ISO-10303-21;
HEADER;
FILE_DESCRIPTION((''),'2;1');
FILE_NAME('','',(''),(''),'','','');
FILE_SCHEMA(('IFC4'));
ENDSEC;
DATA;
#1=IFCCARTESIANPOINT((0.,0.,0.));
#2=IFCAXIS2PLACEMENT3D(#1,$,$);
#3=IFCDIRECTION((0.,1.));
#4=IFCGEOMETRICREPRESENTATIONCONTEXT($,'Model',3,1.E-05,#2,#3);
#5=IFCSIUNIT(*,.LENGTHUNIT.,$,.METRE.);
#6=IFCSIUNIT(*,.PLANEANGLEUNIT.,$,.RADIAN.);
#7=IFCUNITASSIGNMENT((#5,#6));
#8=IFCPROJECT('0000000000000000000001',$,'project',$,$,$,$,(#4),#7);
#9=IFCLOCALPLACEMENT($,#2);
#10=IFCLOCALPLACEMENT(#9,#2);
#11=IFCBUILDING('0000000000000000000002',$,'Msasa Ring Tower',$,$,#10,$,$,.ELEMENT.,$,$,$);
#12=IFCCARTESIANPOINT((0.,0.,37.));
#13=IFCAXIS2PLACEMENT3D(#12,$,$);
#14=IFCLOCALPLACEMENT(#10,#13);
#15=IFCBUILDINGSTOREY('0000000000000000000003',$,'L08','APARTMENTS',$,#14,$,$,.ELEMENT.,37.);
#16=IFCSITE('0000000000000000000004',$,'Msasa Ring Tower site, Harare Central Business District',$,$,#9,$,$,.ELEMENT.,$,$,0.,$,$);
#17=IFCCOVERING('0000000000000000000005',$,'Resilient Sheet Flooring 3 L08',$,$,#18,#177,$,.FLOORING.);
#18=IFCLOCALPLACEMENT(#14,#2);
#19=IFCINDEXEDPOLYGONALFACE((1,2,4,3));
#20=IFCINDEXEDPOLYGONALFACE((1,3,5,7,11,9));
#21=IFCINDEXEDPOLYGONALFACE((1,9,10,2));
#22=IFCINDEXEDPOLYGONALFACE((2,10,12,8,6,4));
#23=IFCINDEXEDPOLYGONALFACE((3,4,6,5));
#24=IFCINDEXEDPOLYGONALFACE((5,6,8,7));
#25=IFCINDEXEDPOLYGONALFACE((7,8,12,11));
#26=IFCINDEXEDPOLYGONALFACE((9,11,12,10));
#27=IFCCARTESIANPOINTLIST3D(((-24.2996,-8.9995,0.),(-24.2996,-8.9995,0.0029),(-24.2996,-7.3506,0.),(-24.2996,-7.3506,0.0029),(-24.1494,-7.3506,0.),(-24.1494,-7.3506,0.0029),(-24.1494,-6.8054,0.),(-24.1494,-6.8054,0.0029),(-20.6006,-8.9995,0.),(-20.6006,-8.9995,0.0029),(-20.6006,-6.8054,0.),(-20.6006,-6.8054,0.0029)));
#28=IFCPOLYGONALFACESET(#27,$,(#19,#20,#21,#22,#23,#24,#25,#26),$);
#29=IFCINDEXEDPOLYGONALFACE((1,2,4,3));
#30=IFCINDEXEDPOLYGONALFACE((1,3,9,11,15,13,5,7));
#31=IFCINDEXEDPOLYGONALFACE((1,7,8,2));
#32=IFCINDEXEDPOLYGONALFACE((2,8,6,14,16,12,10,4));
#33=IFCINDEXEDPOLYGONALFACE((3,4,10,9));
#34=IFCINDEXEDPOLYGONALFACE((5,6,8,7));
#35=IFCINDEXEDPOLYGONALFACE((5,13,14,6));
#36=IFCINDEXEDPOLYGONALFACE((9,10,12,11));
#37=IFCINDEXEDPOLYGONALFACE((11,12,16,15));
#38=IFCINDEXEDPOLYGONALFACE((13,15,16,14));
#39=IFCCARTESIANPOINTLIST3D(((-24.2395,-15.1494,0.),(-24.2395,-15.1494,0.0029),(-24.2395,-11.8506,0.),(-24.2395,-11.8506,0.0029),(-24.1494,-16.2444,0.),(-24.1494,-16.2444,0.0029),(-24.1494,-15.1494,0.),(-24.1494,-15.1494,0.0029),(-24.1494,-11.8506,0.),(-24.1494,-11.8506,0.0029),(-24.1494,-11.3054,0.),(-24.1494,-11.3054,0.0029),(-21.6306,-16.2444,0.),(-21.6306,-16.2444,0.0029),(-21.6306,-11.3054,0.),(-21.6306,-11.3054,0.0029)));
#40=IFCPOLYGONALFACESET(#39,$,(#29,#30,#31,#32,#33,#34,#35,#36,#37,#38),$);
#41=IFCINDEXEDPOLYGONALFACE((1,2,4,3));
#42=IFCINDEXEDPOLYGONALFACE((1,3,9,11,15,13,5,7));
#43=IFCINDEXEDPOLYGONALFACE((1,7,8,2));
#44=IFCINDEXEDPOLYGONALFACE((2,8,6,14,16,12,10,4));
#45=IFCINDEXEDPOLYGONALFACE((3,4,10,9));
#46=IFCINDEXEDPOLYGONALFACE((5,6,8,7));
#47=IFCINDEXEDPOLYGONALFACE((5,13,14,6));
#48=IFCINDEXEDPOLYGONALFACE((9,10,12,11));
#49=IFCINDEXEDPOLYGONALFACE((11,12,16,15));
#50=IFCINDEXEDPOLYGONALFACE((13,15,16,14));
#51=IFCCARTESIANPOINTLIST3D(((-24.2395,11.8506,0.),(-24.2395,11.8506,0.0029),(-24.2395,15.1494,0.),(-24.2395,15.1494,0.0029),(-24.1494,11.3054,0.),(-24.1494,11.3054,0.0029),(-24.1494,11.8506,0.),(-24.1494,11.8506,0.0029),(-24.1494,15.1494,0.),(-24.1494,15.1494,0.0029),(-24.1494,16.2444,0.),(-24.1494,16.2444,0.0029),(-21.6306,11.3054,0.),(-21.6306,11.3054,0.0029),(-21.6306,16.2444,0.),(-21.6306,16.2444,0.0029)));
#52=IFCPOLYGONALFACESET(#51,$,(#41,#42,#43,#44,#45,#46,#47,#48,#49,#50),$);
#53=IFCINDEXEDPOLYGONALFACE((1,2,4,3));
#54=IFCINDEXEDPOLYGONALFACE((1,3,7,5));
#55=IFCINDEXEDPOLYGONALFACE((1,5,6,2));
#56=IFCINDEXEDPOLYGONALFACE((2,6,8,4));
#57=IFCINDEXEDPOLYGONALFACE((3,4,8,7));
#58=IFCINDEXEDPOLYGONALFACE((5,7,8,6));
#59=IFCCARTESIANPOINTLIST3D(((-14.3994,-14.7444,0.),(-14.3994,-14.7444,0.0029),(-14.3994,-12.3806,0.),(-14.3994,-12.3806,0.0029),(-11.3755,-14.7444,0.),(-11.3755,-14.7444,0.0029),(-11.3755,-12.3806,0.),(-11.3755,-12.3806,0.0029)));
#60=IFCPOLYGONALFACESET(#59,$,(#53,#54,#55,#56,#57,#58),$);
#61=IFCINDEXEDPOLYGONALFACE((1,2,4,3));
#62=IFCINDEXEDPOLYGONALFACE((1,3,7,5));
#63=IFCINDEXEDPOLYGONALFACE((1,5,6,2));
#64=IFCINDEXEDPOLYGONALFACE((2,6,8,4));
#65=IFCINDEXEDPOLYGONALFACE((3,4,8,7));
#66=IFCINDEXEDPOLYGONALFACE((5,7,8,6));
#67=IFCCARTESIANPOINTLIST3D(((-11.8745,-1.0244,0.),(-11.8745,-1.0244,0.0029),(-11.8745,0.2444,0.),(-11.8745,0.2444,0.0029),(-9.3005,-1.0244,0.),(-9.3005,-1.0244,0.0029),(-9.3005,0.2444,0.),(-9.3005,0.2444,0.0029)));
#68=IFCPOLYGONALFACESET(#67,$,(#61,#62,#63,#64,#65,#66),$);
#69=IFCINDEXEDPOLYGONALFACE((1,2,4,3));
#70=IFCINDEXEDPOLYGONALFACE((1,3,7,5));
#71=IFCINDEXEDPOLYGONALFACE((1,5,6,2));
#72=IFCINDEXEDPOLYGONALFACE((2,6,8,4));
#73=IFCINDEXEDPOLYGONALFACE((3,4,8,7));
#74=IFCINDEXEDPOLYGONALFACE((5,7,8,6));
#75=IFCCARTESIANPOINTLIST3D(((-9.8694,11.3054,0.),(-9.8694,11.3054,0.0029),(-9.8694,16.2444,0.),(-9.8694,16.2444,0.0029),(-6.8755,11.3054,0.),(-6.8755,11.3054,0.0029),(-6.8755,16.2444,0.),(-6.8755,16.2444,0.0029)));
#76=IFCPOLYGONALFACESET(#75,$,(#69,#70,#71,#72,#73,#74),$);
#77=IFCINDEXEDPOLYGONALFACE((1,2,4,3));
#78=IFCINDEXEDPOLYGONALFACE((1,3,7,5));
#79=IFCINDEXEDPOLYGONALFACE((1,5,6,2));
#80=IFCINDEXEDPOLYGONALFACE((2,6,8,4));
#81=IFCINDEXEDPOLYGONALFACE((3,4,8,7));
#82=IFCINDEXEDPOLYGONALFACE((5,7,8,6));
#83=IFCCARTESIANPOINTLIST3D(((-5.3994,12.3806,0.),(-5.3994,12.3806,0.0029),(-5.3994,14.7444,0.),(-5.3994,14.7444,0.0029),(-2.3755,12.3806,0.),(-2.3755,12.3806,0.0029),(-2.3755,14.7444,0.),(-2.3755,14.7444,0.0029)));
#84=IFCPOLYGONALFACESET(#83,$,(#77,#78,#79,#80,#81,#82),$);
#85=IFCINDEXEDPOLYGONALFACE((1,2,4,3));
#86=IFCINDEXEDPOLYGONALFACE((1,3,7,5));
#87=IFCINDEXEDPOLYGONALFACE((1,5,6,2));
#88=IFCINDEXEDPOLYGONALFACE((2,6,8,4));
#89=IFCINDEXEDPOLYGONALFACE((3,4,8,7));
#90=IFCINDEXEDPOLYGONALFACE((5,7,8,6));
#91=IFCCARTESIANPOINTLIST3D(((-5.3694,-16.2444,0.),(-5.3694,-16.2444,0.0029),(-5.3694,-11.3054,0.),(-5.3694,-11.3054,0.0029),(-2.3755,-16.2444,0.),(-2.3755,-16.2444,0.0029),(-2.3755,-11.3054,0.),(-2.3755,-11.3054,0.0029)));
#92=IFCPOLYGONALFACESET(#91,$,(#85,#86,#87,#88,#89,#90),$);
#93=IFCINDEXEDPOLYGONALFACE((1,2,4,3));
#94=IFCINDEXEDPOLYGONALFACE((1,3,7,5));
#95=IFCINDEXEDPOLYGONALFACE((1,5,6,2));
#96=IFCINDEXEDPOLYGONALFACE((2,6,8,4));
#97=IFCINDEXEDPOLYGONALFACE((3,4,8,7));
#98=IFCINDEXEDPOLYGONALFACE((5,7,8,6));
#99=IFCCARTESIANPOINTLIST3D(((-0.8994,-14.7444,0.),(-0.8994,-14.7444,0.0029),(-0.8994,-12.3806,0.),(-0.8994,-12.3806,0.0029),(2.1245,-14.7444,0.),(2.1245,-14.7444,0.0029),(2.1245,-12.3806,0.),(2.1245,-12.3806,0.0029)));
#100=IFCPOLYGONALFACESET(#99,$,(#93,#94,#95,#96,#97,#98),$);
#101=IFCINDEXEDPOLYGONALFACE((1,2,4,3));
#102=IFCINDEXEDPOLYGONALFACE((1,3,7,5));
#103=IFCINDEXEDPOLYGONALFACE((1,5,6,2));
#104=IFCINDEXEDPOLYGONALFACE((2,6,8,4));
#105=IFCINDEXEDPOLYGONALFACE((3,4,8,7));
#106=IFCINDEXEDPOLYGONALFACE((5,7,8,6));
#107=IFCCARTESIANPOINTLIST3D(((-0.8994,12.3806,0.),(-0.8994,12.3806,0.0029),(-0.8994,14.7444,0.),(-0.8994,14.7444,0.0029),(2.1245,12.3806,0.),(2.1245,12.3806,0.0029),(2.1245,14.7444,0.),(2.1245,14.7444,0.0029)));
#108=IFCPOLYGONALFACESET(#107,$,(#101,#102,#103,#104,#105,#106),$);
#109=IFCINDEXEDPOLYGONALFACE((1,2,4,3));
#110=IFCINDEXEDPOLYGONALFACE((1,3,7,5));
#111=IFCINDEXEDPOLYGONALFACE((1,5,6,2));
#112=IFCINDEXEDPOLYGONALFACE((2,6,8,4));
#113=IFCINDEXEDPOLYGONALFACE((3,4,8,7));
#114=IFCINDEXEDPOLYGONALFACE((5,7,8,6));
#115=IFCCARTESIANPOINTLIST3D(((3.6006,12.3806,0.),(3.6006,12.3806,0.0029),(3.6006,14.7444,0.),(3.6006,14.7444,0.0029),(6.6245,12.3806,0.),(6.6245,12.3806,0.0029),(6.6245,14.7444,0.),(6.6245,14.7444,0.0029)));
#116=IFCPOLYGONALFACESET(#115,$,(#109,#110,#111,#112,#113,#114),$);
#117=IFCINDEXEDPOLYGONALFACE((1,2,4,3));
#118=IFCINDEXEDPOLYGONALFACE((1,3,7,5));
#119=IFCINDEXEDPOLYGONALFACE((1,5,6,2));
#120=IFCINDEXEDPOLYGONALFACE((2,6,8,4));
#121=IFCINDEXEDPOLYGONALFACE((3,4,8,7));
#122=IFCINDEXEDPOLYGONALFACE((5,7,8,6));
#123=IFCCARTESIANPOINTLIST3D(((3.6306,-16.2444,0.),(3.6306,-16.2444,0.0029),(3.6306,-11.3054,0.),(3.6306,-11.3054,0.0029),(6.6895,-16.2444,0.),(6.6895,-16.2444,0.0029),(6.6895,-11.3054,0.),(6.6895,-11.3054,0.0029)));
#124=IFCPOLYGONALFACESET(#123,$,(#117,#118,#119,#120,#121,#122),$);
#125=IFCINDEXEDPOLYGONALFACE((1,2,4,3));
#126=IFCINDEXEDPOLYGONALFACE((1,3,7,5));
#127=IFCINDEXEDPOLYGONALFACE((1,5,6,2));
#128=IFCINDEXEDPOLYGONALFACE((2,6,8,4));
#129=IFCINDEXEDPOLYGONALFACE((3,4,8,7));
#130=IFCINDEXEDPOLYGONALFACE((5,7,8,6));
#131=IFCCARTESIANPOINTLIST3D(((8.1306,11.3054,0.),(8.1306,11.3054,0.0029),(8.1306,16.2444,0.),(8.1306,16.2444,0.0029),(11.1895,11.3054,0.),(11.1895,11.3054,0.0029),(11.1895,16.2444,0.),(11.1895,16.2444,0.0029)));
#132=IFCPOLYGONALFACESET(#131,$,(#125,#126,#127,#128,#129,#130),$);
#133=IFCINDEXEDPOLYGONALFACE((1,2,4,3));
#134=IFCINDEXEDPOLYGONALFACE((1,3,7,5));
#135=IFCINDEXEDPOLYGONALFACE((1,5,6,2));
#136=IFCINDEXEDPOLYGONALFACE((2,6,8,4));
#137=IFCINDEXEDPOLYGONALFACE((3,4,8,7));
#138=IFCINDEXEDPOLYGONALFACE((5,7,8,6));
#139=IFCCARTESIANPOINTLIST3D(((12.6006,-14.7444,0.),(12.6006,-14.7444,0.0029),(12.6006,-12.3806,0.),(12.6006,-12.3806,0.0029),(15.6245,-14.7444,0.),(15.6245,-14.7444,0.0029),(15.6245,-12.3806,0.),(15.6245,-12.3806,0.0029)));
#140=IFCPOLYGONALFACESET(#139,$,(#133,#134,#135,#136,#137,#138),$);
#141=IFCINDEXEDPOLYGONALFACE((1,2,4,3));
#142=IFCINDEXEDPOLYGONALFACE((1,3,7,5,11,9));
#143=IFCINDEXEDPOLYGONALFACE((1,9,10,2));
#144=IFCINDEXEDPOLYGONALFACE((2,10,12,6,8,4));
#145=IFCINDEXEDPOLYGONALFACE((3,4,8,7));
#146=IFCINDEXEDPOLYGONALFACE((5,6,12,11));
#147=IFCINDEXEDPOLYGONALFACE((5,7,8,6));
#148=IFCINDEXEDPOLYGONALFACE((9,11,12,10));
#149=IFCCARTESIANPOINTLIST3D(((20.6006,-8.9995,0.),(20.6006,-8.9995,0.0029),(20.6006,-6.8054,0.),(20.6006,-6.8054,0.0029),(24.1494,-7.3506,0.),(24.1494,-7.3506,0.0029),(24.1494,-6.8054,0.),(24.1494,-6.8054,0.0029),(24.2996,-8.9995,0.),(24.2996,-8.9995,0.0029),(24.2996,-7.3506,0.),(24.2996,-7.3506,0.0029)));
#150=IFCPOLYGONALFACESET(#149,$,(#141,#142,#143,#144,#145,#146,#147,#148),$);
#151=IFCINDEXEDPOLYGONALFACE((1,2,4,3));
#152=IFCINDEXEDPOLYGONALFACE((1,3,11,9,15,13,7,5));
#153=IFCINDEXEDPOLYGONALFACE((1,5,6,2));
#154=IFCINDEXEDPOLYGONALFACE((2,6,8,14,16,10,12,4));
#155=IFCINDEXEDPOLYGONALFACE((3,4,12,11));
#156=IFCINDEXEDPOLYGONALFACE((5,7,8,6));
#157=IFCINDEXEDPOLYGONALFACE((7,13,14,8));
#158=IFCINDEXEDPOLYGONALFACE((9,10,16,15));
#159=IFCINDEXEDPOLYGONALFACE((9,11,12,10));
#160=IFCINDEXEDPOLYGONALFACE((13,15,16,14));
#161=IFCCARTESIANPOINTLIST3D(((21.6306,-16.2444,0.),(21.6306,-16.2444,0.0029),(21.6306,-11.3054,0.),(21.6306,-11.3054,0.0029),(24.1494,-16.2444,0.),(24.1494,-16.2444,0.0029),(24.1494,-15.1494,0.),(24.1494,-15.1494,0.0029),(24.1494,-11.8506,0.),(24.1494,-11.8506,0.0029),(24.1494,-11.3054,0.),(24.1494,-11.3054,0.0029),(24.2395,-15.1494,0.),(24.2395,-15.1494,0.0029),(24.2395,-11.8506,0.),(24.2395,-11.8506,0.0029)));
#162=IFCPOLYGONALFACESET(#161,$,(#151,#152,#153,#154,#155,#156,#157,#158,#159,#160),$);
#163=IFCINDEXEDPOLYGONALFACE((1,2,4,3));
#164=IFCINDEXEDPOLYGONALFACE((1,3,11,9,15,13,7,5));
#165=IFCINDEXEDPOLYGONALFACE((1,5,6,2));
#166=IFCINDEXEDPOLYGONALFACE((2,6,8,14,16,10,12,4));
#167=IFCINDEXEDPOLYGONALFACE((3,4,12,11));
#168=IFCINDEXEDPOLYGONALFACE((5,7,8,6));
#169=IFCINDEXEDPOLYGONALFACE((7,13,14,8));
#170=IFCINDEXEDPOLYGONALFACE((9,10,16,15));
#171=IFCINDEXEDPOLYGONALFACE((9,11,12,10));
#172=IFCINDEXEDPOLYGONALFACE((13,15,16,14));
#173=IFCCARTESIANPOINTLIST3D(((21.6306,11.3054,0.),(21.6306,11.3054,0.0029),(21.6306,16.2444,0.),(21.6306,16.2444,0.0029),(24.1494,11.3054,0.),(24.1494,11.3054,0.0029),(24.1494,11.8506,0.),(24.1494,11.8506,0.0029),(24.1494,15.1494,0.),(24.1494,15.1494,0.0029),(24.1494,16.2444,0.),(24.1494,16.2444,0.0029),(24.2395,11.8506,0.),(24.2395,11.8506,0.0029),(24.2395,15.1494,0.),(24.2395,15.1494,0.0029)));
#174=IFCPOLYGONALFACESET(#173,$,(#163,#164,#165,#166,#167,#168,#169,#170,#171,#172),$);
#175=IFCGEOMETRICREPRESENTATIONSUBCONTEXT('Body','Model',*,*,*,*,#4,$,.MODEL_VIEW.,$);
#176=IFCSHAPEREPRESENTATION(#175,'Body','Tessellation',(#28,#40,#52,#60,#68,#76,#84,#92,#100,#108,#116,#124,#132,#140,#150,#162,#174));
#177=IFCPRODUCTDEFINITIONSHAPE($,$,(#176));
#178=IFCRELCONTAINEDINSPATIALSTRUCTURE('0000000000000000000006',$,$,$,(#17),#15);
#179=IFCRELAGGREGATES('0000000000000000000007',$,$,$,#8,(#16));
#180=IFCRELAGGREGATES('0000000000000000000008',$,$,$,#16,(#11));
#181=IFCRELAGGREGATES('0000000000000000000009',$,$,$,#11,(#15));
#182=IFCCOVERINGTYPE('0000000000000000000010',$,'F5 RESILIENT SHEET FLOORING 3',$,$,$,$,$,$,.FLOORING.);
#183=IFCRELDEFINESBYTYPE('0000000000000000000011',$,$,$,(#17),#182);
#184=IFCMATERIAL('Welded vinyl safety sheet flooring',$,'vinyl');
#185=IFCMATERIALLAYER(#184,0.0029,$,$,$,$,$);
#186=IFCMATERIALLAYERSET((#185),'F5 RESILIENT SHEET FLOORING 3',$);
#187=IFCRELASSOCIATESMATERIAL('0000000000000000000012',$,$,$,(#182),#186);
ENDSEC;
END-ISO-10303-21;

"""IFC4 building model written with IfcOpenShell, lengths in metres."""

from ifc_helpers import new_model, si_unit, direction, frame, origin, place, context, subcontext, project, spatial, line, indexed_curve, outline, extrude, material, layer, layer_set, type_object, element, save


model = new_model("IFC4")

# Units and contexts
model_context = context("Model", 3, precision=1e-05, world=origin(), true_north=direction((0.0, 1.0)))
body_context = subcontext(model_context, "Body", "Model", "MODEL_VIEW")
ifc_project = project(units=[si_unit("LENGTHUNIT", "METRE"), si_unit("PLANEANGLEUNIT", "RADIAN")], contexts=[model_context])

# Site, building, storey
site_placement = place(None, origin())
site = spatial("IfcSite", under=ifc_project, at=site_placement, Name="Msasa Ring Tower site, Harare Central Business District", CompositionType="ELEMENT", RefElevation=0.0)
building_placement = place(site_placement, origin())
building = spatial("IfcBuilding", under=site, at=building_placement, Name="Msasa Ring Tower", CompositionType="ELEMENT")
storey_placement = place(building_placement, frame((0.0, 0.0, 37.0)))
storey = spatial("IfcBuildingStorey", under=building, at=storey_placement, Name="L08", Description="APARTMENTS", CompositionType="ELEMENT", Elevation=37.0)

# Covering
ifc_material_1 = material(Name="Welded vinyl safety sheet flooring", Category="vinyl")
ifc_layer_1 = layer(ifc_material_1, 0.0029)
ifc_layer_set_1 = layer_set([ifc_layer_1], Name="F5 RESILIENT SHEET FLOORING 3")
covering_type_1 = type_object("IfcCoveringType", Name="F5 RESILIENT SHEET FLOORING 3", PredefinedType="FLOORING", material=ifc_layer_set_1)
covering_1_placement = place(storey_placement, origin())
element("IfcCovering", 1, at=covering_1_placement, inside=storey, type_object=covering_type_1, Name="Resilient Sheet Flooring 3 L08", PredefinedType="FLOORING", context=body_context, shape_type="SweptSolid", body=[
    extrude(outline(indexed_curve([(-24.2996, -8.9995), (-24.2996, -7.3506), (-24.1494, -7.3506), (-24.1494, -6.8054), (-20.6006, -6.8054), (-20.6006, -8.9995)], segments=[line(1, 2, 3, 4, 5, 6, 1)], self_intersect=False)), origin(), (0.0, 0.0, 1.0), 0.0029),
    extrude(outline(indexed_curve([(-21.6306, -11.3054), (-21.6306, -16.2444), (-24.1494, -16.2444), (-24.1494, -15.1494), (-24.2395, -15.1494), (-24.2395, -11.8506), (-24.1494, -11.8506), (-24.1494, -11.3054)], segments=[line(1, 2, 3, 4, 5, 6, 7, 8, 1)], self_intersect=False)), origin(), (0.0, 0.0, 1.0), 0.0029),
    extrude(outline(indexed_curve([(-21.6306, 16.2444), (-21.6306, 11.3054), (-24.1494, 11.3054), (-24.1494, 11.8506), (-24.2395, 11.8506), (-24.2395, 15.1494), (-24.1494, 15.1494), (-24.1494, 16.2444)], segments=[line(1, 2, 3, 4, 5, 6, 7, 8, 1)], self_intersect=False)), origin(), (0.0, 0.0, 1.0), 0.0029),
    extrude(outline(indexed_curve([(-11.3755, -12.3806), (-11.3755, -14.7444), (-14.3994, -14.7444), (-14.3994, -12.3806)], segments=[line(1, 2, 3, 4, 1)], self_intersect=False)), origin(), (0.0, 0.0, 1.0), 0.0029),
    extrude(outline(indexed_curve([(-9.3005, 0.2444), (-9.3005, -1.0244), (-11.8745, -1.0244), (-11.8745, 0.2444)], segments=[line(1, 2, 3, 4, 1)], self_intersect=False)), origin(), (0.0, 0.0, 1.0), 0.0029),
    extrude(outline(indexed_curve([(-6.8755, 16.2444), (-6.8755, 11.3054), (-9.8694, 11.3054), (-9.8694, 16.2444)], segments=[line(1, 2, 3, 4, 1)], self_intersect=False)), origin(), (0.0, 0.0, 1.0), 0.0029),
    extrude(outline(indexed_curve([(-2.3755, 14.7444), (-2.3755, 12.3806), (-5.3994, 12.3806), (-5.3994, 14.7444)], segments=[line(1, 2, 3, 4, 1)], self_intersect=False)), origin(), (0.0, 0.0, 1.0), 0.0029),
    extrude(outline(indexed_curve([(-2.3755, -11.3054), (-2.3755, -16.2444), (-5.3694, -16.2444), (-5.3694, -11.3054)], segments=[line(1, 2, 3, 4, 1)], self_intersect=False)), origin(), (0.0, 0.0, 1.0), 0.0029),
    extrude(outline(indexed_curve([(2.1245, -12.3806), (2.1245, -14.7444), (-0.8994, -14.7444), (-0.8994, -12.3806)], segments=[line(1, 2, 3, 4, 1)], self_intersect=False)), origin(), (0.0, 0.0, 1.0), 0.0029),
    extrude(outline(indexed_curve([(2.1245, 14.7444), (2.1245, 12.3806), (-0.8994, 12.3806), (-0.8994, 14.7444)], segments=[line(1, 2, 3, 4, 1)], self_intersect=False)), origin(), (0.0, 0.0, 1.0), 0.0029),
    extrude(outline(indexed_curve([(6.6245, 14.7444), (6.6245, 12.3806), (3.6006, 12.3806), (3.6006, 14.7444)], segments=[line(1, 2, 3, 4, 1)], self_intersect=False)), origin(), (0.0, 0.0, 1.0), 0.0029),
    extrude(outline(indexed_curve([(6.6895, -11.3054), (6.6895, -16.2444), (3.6306, -16.2444), (3.6306, -11.3054)], segments=[line(1, 2, 3, 4, 1)], self_intersect=False)), origin(), (0.0, 0.0, 1.0), 0.0029),
    extrude(outline(indexed_curve([(11.1895, 11.3054), (8.1306, 11.3054), (8.1306, 16.2444), (11.1895, 16.2444)], segments=[line(1, 2, 3, 4, 1)], self_intersect=False)), origin(), (0.0, 0.0, 1.0), 0.0029),
    extrude(outline(indexed_curve([(15.6245, -12.3806), (15.6245, -14.7444), (12.6006, -14.7444), (12.6006, -12.3806)], segments=[line(1, 2, 3, 4, 1)], self_intersect=False)), origin(), (0.0, 0.0, 1.0), 0.0029),
    extrude(outline(indexed_curve([(20.6006, -6.8054), (24.1494, -6.8054), (24.1494, -7.3506), (24.2996, -7.3506), (24.2996, -8.9995), (20.6006, -8.9995)], segments=[line(1, 2, 3, 4, 5, 6, 1)], self_intersect=False)), origin(), (0.0, 0.0, 1.0), 0.0029),
    extrude(outline(indexed_curve([(24.1494, -11.3054), (24.1494, -11.8506), (24.2395, -11.8506), (24.2395, -15.1494), (24.1494, -15.1494), (24.1494, -16.2444), (21.6306, -16.2444), (21.6306, -11.3054)], segments=[line(1, 2, 3, 4, 5, 6, 7, 8, 1)], self_intersect=False)), origin(), (0.0, 0.0, 1.0), 0.0029),
    extrude(outline(indexed_curve([(24.2395, 11.8506), (24.1494, 11.8506), (24.1494, 11.3054), (21.6306, 11.3054), (21.6306, 16.2444), (24.1494, 16.2444), (24.1494, 15.1494), (24.2395, 15.1494)], segments=[line(1, 2, 3, 4, 5, 6, 7, 8, 1)], self_intersect=False)), origin(), (0.0, 0.0, 1.0), 0.0029),
])

save(model, "model.ifc")
